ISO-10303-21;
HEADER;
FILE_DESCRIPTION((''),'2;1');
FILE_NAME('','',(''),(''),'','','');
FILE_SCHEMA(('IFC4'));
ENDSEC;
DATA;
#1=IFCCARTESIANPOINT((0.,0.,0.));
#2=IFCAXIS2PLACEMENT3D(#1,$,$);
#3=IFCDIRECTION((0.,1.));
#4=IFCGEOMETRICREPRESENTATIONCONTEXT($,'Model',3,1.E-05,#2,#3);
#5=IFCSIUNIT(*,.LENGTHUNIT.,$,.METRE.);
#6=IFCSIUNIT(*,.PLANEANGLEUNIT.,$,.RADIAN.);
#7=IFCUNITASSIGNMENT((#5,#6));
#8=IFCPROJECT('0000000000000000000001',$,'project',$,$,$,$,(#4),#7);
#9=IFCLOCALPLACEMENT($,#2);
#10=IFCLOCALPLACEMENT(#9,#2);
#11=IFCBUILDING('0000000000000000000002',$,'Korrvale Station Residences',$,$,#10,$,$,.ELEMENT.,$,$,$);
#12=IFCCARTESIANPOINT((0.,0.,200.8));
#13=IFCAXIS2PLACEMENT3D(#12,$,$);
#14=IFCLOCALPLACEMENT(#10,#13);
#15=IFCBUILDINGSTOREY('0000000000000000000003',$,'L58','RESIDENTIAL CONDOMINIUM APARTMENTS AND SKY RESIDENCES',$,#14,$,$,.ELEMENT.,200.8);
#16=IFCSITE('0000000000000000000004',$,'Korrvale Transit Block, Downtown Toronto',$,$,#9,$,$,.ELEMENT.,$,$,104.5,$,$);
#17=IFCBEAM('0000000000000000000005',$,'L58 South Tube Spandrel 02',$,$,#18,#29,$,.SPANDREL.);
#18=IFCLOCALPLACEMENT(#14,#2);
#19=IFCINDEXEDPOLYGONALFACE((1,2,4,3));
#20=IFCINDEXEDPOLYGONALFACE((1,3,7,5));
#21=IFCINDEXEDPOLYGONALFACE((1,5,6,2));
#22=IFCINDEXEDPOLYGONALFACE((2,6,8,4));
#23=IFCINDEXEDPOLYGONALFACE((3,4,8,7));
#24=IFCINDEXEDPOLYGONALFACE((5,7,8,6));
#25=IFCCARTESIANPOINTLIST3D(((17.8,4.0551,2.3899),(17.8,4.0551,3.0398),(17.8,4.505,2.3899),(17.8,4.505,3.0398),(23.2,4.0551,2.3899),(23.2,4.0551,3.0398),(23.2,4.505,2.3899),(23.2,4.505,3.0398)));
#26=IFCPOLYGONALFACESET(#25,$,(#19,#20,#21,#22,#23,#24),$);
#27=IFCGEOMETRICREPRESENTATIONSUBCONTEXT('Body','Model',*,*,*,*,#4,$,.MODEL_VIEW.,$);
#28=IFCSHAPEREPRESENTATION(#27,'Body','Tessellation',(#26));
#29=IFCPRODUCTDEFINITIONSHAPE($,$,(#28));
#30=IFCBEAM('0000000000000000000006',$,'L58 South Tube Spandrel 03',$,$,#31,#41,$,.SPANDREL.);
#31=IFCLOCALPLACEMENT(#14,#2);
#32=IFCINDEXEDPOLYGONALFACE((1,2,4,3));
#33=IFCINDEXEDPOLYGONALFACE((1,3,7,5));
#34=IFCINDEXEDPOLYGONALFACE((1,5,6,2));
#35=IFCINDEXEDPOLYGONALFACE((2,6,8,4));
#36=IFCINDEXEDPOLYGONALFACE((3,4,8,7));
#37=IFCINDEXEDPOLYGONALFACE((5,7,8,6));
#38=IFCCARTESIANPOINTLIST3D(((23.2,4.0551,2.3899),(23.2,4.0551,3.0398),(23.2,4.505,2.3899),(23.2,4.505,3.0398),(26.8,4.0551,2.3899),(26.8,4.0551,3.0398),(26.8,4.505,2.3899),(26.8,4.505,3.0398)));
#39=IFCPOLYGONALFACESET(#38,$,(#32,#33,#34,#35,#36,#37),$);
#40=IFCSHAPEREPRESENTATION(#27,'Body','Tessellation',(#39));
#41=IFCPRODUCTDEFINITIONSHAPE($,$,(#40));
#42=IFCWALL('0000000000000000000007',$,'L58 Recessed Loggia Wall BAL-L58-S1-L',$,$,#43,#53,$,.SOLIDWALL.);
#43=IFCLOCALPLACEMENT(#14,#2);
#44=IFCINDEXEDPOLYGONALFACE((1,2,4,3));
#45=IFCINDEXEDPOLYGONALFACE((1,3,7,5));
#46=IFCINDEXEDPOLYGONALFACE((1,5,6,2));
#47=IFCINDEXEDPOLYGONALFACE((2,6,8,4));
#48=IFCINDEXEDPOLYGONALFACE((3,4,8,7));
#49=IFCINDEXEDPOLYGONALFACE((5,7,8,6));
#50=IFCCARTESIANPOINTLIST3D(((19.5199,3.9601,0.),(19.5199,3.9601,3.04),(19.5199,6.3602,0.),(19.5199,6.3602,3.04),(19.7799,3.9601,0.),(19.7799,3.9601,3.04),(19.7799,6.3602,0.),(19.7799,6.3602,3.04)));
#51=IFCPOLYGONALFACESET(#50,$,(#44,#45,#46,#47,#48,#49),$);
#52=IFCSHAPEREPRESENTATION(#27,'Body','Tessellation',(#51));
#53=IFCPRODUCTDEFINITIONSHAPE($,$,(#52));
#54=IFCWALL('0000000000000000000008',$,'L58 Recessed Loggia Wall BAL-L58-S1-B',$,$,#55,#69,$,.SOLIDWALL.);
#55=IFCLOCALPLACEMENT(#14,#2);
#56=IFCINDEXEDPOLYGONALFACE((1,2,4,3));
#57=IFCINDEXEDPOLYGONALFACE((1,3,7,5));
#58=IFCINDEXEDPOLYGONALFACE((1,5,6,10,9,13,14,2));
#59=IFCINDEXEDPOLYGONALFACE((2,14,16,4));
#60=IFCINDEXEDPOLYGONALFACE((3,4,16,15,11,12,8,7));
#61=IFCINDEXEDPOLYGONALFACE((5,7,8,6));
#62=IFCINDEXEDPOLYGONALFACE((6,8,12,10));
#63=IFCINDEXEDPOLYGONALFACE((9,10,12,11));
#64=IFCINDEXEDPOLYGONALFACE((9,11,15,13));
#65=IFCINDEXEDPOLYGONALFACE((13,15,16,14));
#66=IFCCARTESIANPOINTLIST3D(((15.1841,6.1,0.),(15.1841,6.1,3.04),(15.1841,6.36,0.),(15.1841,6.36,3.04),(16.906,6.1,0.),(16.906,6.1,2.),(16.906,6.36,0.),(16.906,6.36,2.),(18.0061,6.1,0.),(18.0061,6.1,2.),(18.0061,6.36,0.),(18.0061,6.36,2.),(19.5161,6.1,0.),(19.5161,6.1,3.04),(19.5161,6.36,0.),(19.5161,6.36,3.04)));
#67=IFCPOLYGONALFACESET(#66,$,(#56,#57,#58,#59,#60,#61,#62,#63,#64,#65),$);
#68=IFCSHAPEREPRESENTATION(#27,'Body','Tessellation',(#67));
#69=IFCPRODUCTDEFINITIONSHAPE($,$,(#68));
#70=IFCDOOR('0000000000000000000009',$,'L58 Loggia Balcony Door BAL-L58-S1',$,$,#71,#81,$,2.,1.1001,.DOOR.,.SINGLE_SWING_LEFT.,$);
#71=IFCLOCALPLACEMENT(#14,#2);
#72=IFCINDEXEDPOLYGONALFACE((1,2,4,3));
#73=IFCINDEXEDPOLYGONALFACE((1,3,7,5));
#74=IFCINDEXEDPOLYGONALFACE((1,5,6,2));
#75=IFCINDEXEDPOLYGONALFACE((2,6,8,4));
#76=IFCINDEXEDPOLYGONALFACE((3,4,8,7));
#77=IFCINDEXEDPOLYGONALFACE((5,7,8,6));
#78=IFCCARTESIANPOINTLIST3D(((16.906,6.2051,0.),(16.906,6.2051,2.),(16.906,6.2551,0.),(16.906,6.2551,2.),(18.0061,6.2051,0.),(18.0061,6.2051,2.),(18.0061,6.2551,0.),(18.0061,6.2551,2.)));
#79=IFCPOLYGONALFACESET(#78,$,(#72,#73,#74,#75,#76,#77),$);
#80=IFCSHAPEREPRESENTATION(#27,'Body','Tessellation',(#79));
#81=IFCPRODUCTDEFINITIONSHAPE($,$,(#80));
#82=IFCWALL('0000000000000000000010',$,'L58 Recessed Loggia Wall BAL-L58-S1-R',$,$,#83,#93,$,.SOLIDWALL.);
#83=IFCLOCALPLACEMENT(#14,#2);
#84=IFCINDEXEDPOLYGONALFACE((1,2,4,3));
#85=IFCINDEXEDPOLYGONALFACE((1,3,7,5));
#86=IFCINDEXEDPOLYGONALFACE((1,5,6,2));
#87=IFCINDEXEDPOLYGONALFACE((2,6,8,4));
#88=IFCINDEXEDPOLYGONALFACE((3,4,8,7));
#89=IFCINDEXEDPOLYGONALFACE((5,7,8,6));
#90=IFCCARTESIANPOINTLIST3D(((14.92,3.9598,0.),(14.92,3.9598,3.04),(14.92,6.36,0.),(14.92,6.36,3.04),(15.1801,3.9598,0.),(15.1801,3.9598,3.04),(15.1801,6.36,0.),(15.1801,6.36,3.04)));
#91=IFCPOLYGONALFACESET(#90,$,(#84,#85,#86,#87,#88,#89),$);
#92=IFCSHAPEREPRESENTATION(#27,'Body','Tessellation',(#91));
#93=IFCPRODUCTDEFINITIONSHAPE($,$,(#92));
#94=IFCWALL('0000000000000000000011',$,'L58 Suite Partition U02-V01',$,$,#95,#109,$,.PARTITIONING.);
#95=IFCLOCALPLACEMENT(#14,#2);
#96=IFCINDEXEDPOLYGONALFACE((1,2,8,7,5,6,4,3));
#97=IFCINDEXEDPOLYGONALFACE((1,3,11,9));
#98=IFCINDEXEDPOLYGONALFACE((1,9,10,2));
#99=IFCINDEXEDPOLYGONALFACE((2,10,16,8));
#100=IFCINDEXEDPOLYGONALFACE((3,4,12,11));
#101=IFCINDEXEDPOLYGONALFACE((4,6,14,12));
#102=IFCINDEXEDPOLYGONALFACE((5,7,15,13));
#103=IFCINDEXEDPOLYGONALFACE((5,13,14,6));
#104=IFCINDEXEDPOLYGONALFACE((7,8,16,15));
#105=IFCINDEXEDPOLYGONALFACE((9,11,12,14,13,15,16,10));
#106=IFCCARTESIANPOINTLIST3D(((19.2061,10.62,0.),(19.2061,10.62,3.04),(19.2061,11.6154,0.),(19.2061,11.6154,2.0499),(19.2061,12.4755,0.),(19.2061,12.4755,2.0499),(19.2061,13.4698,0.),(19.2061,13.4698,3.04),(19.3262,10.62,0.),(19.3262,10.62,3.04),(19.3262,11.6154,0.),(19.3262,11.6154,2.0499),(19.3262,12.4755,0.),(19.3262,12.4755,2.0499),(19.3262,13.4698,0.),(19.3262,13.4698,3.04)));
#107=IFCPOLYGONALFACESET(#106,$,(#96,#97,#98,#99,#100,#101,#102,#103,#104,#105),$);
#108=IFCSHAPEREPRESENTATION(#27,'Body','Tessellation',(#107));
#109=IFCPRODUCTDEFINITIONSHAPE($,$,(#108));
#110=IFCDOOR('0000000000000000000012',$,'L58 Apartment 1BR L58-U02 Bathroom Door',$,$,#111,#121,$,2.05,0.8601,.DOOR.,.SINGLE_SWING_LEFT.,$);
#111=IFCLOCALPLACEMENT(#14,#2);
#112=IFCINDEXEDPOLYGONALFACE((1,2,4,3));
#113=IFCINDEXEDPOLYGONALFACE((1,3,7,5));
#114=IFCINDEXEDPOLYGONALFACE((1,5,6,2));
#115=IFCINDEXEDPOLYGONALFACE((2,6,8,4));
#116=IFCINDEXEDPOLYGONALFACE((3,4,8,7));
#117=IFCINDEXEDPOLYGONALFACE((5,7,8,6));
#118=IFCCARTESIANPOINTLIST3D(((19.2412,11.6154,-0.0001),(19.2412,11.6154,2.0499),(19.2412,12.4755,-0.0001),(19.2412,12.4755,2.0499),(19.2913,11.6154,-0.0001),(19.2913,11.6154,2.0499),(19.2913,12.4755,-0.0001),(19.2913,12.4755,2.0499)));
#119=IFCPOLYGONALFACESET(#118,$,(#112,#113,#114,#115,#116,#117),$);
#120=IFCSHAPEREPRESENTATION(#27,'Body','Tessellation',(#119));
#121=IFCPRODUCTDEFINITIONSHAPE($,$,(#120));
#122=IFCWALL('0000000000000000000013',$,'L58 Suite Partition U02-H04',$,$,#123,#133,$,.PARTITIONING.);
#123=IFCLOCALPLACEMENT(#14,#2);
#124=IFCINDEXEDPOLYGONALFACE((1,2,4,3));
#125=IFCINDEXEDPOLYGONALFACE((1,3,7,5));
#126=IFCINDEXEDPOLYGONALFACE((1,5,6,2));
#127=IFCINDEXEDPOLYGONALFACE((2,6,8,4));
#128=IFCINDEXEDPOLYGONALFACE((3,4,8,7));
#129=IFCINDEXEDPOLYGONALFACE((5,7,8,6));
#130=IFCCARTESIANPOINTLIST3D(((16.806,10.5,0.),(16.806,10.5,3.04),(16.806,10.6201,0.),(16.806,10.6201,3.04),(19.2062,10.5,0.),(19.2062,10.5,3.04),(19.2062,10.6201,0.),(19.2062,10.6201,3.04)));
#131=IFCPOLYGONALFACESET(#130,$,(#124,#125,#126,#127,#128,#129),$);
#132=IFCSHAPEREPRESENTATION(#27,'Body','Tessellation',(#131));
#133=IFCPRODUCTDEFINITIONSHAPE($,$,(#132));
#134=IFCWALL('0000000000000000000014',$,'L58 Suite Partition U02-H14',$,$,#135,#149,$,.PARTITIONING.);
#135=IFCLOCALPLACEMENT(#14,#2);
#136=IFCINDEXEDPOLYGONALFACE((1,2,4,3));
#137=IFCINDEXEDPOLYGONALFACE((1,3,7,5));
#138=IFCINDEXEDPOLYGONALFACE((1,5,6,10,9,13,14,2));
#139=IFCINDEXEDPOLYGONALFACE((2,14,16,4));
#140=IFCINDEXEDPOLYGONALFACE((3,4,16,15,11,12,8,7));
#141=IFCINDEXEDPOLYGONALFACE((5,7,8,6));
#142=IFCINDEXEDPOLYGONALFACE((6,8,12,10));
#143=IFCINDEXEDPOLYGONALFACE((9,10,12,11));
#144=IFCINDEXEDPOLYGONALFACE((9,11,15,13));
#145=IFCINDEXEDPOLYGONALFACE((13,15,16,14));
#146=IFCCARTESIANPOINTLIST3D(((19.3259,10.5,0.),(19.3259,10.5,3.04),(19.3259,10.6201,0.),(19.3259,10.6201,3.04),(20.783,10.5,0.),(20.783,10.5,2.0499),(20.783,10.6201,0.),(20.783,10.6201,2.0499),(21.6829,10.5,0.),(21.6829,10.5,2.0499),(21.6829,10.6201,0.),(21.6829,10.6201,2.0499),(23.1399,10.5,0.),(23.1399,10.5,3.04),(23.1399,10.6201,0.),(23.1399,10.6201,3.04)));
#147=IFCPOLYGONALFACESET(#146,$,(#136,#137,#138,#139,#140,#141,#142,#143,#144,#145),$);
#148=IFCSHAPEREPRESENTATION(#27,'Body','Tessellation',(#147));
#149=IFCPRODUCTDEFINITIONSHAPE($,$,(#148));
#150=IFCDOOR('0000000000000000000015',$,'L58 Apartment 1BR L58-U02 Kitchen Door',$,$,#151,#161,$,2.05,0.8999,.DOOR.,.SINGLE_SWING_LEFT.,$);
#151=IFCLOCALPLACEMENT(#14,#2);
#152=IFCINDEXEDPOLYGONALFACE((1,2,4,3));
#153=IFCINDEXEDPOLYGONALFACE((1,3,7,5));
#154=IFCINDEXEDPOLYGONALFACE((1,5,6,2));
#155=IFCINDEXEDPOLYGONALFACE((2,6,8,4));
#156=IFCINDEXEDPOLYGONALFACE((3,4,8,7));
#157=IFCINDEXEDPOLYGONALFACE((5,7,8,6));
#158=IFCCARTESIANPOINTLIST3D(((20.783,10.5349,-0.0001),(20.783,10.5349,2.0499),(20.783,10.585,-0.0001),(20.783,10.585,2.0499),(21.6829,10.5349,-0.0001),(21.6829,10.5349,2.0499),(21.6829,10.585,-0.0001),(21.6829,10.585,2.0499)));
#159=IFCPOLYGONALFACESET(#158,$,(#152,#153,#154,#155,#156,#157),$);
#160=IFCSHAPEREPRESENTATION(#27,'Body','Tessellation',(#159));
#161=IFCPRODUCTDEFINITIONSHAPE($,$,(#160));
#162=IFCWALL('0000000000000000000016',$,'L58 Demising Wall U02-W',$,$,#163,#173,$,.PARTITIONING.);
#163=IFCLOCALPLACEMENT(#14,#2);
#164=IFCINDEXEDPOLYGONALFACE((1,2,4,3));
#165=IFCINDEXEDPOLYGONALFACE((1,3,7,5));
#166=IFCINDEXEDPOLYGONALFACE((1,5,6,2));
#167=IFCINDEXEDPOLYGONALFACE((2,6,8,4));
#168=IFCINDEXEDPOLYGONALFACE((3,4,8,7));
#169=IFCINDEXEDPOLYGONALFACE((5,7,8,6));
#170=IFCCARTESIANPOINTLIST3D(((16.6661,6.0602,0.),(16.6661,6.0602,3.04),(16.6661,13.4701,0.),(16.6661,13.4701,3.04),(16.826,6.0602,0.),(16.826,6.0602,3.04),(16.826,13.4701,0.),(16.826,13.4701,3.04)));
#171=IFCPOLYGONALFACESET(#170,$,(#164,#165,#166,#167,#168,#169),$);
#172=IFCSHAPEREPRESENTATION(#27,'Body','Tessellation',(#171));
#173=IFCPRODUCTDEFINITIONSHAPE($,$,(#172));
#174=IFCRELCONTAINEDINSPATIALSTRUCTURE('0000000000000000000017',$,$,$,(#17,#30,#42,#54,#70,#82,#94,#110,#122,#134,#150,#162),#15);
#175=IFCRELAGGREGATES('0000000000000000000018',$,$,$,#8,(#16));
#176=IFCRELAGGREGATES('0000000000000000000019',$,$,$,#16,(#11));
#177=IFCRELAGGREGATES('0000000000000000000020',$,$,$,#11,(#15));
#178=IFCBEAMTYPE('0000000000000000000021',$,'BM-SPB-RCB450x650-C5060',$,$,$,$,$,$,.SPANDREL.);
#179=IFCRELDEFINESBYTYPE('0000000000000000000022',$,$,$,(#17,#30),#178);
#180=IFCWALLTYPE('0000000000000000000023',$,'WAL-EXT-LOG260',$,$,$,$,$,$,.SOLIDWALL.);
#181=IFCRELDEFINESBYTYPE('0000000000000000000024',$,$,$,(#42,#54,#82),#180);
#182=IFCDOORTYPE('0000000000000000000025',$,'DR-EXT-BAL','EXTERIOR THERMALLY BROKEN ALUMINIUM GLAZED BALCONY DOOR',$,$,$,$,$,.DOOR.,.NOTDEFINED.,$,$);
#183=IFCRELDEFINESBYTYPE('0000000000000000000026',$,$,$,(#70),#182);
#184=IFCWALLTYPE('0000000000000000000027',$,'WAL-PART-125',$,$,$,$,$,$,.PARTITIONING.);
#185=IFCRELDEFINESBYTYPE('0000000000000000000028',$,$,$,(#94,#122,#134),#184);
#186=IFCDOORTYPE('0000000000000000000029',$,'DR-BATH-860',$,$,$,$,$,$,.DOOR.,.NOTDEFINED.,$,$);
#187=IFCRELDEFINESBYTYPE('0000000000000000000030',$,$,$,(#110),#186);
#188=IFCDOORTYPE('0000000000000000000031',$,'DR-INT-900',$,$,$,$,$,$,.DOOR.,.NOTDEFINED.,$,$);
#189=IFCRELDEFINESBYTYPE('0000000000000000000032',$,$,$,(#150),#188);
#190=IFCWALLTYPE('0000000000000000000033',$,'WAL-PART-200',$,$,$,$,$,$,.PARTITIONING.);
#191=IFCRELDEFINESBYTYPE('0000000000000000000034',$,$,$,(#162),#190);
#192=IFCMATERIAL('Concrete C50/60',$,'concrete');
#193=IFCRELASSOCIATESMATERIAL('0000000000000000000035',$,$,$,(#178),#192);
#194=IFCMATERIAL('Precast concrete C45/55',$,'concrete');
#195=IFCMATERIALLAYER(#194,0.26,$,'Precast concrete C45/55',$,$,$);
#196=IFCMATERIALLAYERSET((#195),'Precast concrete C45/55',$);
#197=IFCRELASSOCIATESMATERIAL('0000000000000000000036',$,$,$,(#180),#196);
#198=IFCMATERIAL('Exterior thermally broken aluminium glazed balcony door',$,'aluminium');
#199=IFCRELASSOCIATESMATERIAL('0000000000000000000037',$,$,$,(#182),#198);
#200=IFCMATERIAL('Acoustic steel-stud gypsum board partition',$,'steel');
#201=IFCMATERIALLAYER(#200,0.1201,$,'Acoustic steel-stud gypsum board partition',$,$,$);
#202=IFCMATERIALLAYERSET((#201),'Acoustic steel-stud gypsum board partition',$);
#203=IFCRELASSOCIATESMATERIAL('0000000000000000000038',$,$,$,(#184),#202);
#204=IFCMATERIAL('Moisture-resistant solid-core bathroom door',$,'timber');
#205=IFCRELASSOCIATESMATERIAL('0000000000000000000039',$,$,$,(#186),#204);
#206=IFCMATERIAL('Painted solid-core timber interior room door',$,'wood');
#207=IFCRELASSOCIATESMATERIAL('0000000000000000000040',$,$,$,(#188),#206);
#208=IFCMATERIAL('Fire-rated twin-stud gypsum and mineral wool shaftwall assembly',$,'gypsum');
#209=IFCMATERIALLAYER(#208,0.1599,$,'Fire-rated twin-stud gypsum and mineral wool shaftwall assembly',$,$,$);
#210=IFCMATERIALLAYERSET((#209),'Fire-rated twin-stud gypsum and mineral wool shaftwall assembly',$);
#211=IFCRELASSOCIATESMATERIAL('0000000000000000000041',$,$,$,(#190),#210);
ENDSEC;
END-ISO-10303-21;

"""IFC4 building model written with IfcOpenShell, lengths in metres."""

from ifc_helpers import new_model, si_unit, direction, frame, frame_2d, origin, origin_2d, place, context, subcontext, project, spatial, rectangle, extrude, material, layer, layer_set, material_profile, profile_set, type_object, element, fill, save


model = new_model("IFC4")

# Units and contexts
model_context = context("Model", 3, precision=1e-05, world=origin(), true_north=direction((0.0, 1.0)))
body_context = subcontext(model_context, "Body", "Model", "MODEL_VIEW")
ifc_project = project(units=[si_unit("LENGTHUNIT", "METRE"), si_unit("PLANEANGLEUNIT", "RADIAN")], contexts=[model_context])

# Site, building, storey
site_placement = place(None, origin())
site = spatial("IfcSite", under=ifc_project, at=site_placement, Name="Korrvale Transit Block, Downtown Toronto", CompositionType="ELEMENT", RefElevation=104.5)
building_placement = place(site_placement, origin())
building = spatial("IfcBuilding", under=site, at=building_placement, Name="Korrvale Station Residences", CompositionType="ELEMENT")
storey_placement = place(building_placement, frame((0.0, 0.0, 200.8)))
storey = spatial("IfcBuildingStorey", under=building, at=storey_placement, Name="L58", Description="RESIDENTIAL CONDOMINIUM APARTMENTS AND SKY RESIDENCES", CompositionType="ELEMENT", Elevation=200.8)

# Shared definitions
ifc_material_1 = material(Name="Concrete C50/60", Category="concrete")

# Beams
ifc_material_profile_1 = material_profile(ifc_material_1, rectangle(XDim=0.45, YDim=0.6499, at=origin_2d()), Name="RCB450x650")
ifc_profile_set_1 = profile_set([ifc_material_profile_1], Name="Concrete C50/60")
beam_type_1 = type_object("IfcBeamType", Name="BM-SPB-RCB450x650-C5060", PredefinedType="SPANDREL", material=ifc_profile_set_1)
beam_1_placement = place(storey_placement, frame((17.8, 4.28, 2.7148), z_axis=(1.0, 0.0, 0.0), x_axis=(0.0, 1.0, 0.0)))
element("IfcBeam", 1, at=beam_1_placement, inside=storey, type_object=beam_type_1, Name="L58 South Tube Spandrel 02", PredefinedType="SPANDREL", context=body_context, shape_type="SweptSolid", body=[
    extrude(rectangle(XDim=0.45, YDim=0.6499, at=origin_2d()), origin(), (0.0, 0.0, 1.0), 5.3999),
])
beam_2_placement = place(storey_placement, frame((23.2, 4.28, 2.7148), z_axis=(1.0, 0.0, 0.0), x_axis=(0.0, 1.0, 0.0)))
element("IfcBeam", 2, at=beam_2_placement, inside=storey, type_object=beam_type_1, Name="L58 South Tube Spandrel 03", PredefinedType="SPANDREL", context=body_context, shape_type="SweptSolid", body=[
    extrude(rectangle(XDim=0.45, YDim=0.6499, at=origin_2d()), origin(), (0.0, 0.0, 1.0), 3.6001),
])

# Wall
ifc_material_2 = material(Name="Precast concrete C45/55", Category="concrete")
ifc_layer_1 = layer(ifc_material_2, 0.26, Name="Precast concrete C45/55")
ifc_layer_set_1 = layer_set([ifc_layer_1], Name="Precast concrete C45/55")
wall_type_1 = type_object("IfcWallType", Name="WAL-EXT-LOG260", PredefinedType="SOLIDWALL", material=ifc_layer_set_1)
wall_1_placement = place(storey_placement, frame((19.6499, 3.96, 0.0), z_axis=(0.0, 0.0, 1.0), x_axis=(0.0, 1.0, 0.0)))
element("IfcWall", 3, at=wall_1_placement, inside=storey, type_object=wall_type_1, Name="L58 Recessed Loggia Wall BAL-L58-S1-L", PredefinedType="SOLIDWALL", context=body_context, shape_type="SweptSolid", body=[
    extrude(rectangle(XDim=2.4001, YDim=0.26, at=frame_2d((1.2002, 0.0))), origin(), (0.0, 0.0, 1.0), 3.04),
])

# Wall, opening, door
wall_2_placement = place(storey_placement, frame((19.5161, 6.23, 0.0), z_axis=(0.0, 0.0, 1.0), x_axis=(-1.0, 0.0, 0.0)))
wall_2 = element("IfcWall", 4, at=wall_2_placement, inside=storey, type_object=wall_type_1, Name="L58 Recessed Loggia Wall BAL-L58-S1-B", PredefinedType="SOLIDWALL", context=body_context, shape_type="SweptSolid", body=[
    extrude(rectangle(XDim=4.332, YDim=0.26, at=frame_2d((2.166, 0.0))), origin(), (0.0, 0.0, 1.0), 3.04),
])
opening_1_placement = place(wall_2_placement, frame((1.51, 0.0, 0.0)))
opening_1 = element("IfcOpeningElement", 5, at=opening_1_placement, cuts=wall_2, PredefinedType="OPENING", context=body_context, shape_type="SweptSolid", body=[
    extrude(rectangle(XDim=1.1001, YDim=2.0, at=frame_2d((0.55, 1.0))), frame((0.0, 0.1401, 0.0), z_axis=(0.0, -1.0, 0.0), x_axis=(1.0, 0.0, 0.0)), (0.0, 0.0, 1.0), 0.28),
])
ifc_material_3 = material(Name="Exterior thermally broken aluminium glazed balcony door", Category="aluminium")
door_type_1 = type_object("IfcDoorType", Name="DR-EXT-BAL", Description="EXTERIOR THERMALLY BROKEN ALUMINIUM GLAZED BALCONY DOOR", OperationType="NOTDEFINED", PredefinedType="DOOR", material=ifc_material_3)
door_1_placement = place(opening_1_placement, origin())
door_1 = element("IfcDoor", 6, at=door_1_placement, inside=storey, type_object=door_type_1, Name="L58 Loggia Balcony Door BAL-L58-S1", OperationType="SINGLE_SWING_LEFT", OverallHeight=2.0, OverallWidth=1.1001, PredefinedType="DOOR", context=body_context, shape_type="SweptSolid", body=[
    extrude(rectangle(XDim=1.1001, YDim=2.0, at=frame_2d((0.55, 1.0))), frame((0.0, 0.0249, 0.0), z_axis=(0.0, -1.0, 0.0), x_axis=(1.0, 0.0, 0.0)), (0.0, 0.0, 1.0), 0.05),
])
fill(opening_1, door_1)

# Wall
wall_3_placement = place(storey_placement, frame((15.05, 6.3601, 0.0), z_axis=(0.0, 0.0, 1.0), x_axis=(0.0, -1.0, 0.0)))
element("IfcWall", 7, at=wall_3_placement, inside=storey, type_object=wall_type_1, Name="L58 Recessed Loggia Wall BAL-L58-S1-R", PredefinedType="SOLIDWALL", context=body_context, shape_type="SweptSolid", body=[
    extrude(rectangle(XDim=2.4001, YDim=0.26, at=frame_2d((1.2002, 0.0))), origin(), (0.0, 0.0, 1.0), 3.04),
])

# Wall, opening, door
ifc_material_4 = material(Name="Acoustic steel-stud gypsum board partition", Category="steel")
ifc_layer_2 = layer(ifc_material_4, 0.1201, Name="Acoustic steel-stud gypsum board partition")
ifc_layer_set_2 = layer_set([ifc_layer_2], Name="Acoustic steel-stud gypsum board partition")
wall_type_2 = type_object("IfcWallType", Name="WAL-PART-125", PredefinedType="PARTITIONING", material=ifc_layer_set_2)
wall_4_placement = place(storey_placement, frame((19.2661, 10.6201, 0.0), z_axis=(0.0, 0.0, 1.0), x_axis=(0.0, 1.0, 0.0)))
wall_4 = element("IfcWall", 8, at=wall_4_placement, inside=storey, type_object=wall_type_2, Name="L58 Suite Partition U02-V01", PredefinedType="PARTITIONING", context=body_context, shape_type="SweptSolid", body=[
    extrude(rectangle(XDim=2.8499, YDim=0.1201, at=frame_2d((1.4248, 0.0))), origin(), (0.0, 0.0, 1.0), 3.04),
])
opening_2_placement = place(wall_4_placement, frame((0.9951, 0.0, 0.0)))
opening_2 = element("IfcOpeningElement", 9, at=opening_2_placement, cuts=wall_4, PredefinedType="OPENING", context=body_context, shape_type="SweptSolid", body=[
    extrude(rectangle(XDim=0.8601, YDim=2.05, at=frame_2d((0.4302, 1.0249))), frame((0.0, 0.0701, 0.0), z_axis=(0.0, -1.0, 0.0), x_axis=(1.0, 0.0, 0.0)), (0.0, 0.0, 1.0), 0.1401),
])
ifc_material_5 = material(Name="Moisture-resistant solid-core bathroom door", Category="timber")
door_type_2 = type_object("IfcDoorType", Name="DR-BATH-860", OperationType="NOTDEFINED", PredefinedType="DOOR", material=ifc_material_5)
door_2_placement = place(opening_2_placement, origin())
door_2 = element("IfcDoor", 10, at=door_2_placement, inside=storey, type_object=door_type_2, Name="L58 Apartment 1BR L58-U02 Bathroom Door", OperationType="SINGLE_SWING_LEFT", OverallHeight=2.05, OverallWidth=0.8601, PredefinedType="DOOR", context=body_context, shape_type="SweptSolid", body=[
    extrude(rectangle(XDim=0.8601, YDim=2.05, at=frame_2d((0.4302, 1.0249))), frame((0.0, 0.0249, 0.0), z_axis=(0.0, -1.0, 0.0), x_axis=(1.0, 0.0, 0.0)), (0.0, 0.0, 1.0), 0.05),
])
fill(opening_2, door_2)

# Wall
wall_5_placement = place(storey_placement, frame((16.8059, 10.5601, 0.0), z_axis=(0.0, 0.0, 1.0), x_axis=(1.0, 0.0, 0.0)))
element("IfcWall", 11, at=wall_5_placement, inside=storey, type_object=wall_type_2, Name="L58 Suite Partition U02-H04", PredefinedType="PARTITIONING", context=body_context, shape_type="SweptSolid", body=[
    extrude(rectangle(XDim=2.4001, YDim=0.1201, at=frame_2d((1.2002, 0.0))), origin(), (0.0, 0.0, 1.0), 3.04),
])

# Wall, opening, door
wall_6_placement = place(storey_placement, frame((19.3259, 10.5601, 0.0), z_axis=(0.0, 0.0, 1.0), x_axis=(1.0, 0.0, 0.0)))
wall_6 = element("IfcWall", 12, at=wall_6_placement, inside=storey, type_object=wall_type_2, Name="L58 Suite Partition U02-H14", PredefinedType="PARTITIONING", context=body_context, shape_type="SweptSolid", body=[
    extrude(rectangle(XDim=3.814, YDim=0.1201, at=frame_2d((1.907, 0.0))), origin(), (0.0, 0.0, 1.0), 3.04),
])
opening_3_placement = place(wall_6_placement, frame((1.457, 0.0, 0.0)))
opening_3 = element("IfcOpeningElement", 13, at=opening_3_placement, cuts=wall_6, PredefinedType="OPENING", context=body_context, shape_type="SweptSolid", body=[
    extrude(rectangle(XDim=0.8999, YDim=2.05, at=frame_2d((0.45, 1.0249))), frame((0.0, 0.0701, 0.0), z_axis=(0.0, -1.0, 0.0), x_axis=(1.0, 0.0, 0.0)), (0.0, 0.0, 1.0), 0.1401),
])
ifc_material_6 = material(Name="Painted solid-core timber interior room door", Category="wood")
door_type_3 = type_object("IfcDoorType", Name="DR-INT-900", OperationType="NOTDEFINED", PredefinedType="DOOR", material=ifc_material_6)
door_3_placement = place(opening_3_placement, origin())
door_3 = element("IfcDoor", 14, at=door_3_placement, inside=storey, type_object=door_type_3, Name="L58 Apartment 1BR L58-U02 Kitchen Door", OperationType="SINGLE_SWING_LEFT", OverallHeight=2.05, OverallWidth=0.8999, PredefinedType="DOOR", context=body_context, shape_type="SweptSolid", body=[
    extrude(rectangle(XDim=0.8999, YDim=2.05, at=frame_2d((0.45, 1.0249))), frame((0.0, 0.0249, 0.0), z_axis=(0.0, -1.0, 0.0), x_axis=(1.0, 0.0, 0.0)), (0.0, 0.0, 1.0), 0.05),
])
fill(opening_3, door_3)

# Wall
ifc_material_7 = material(Name="Fire-rated twin-stud gypsum and mineral wool shaftwall assembly", Category="gypsum")
ifc_layer_3 = layer(ifc_material_7, 0.1599, Name="Fire-rated twin-stud gypsum and mineral wool shaftwall assembly")
ifc_layer_set_3 = layer_set([ifc_layer_3], Name="Fire-rated twin-stud gypsum and mineral wool shaftwall assembly")
wall_type_3 = type_object("IfcWallType", Name="WAL-PART-200", PredefinedType="PARTITIONING", material=ifc_layer_set_3)
wall_7_placement = place(storey_placement, frame((16.7461, 6.0601, 0.0), z_axis=(0.0, 0.0, 1.0), x_axis=(0.0, 1.0, 0.0)))
element("IfcWall", 15, at=wall_7_placement, inside=storey, type_object=wall_type_3, Name="L58 Demising Wall U02-W", PredefinedType="PARTITIONING", context=body_context, shape_type="SweptSolid", body=[
    extrude(rectangle(XDim=7.4099, YDim=0.1599, at=frame_2d((3.7051, 0.0))), origin(), (0.0, 0.0, 1.0), 3.04),
])

save(model, "model.ifc")
